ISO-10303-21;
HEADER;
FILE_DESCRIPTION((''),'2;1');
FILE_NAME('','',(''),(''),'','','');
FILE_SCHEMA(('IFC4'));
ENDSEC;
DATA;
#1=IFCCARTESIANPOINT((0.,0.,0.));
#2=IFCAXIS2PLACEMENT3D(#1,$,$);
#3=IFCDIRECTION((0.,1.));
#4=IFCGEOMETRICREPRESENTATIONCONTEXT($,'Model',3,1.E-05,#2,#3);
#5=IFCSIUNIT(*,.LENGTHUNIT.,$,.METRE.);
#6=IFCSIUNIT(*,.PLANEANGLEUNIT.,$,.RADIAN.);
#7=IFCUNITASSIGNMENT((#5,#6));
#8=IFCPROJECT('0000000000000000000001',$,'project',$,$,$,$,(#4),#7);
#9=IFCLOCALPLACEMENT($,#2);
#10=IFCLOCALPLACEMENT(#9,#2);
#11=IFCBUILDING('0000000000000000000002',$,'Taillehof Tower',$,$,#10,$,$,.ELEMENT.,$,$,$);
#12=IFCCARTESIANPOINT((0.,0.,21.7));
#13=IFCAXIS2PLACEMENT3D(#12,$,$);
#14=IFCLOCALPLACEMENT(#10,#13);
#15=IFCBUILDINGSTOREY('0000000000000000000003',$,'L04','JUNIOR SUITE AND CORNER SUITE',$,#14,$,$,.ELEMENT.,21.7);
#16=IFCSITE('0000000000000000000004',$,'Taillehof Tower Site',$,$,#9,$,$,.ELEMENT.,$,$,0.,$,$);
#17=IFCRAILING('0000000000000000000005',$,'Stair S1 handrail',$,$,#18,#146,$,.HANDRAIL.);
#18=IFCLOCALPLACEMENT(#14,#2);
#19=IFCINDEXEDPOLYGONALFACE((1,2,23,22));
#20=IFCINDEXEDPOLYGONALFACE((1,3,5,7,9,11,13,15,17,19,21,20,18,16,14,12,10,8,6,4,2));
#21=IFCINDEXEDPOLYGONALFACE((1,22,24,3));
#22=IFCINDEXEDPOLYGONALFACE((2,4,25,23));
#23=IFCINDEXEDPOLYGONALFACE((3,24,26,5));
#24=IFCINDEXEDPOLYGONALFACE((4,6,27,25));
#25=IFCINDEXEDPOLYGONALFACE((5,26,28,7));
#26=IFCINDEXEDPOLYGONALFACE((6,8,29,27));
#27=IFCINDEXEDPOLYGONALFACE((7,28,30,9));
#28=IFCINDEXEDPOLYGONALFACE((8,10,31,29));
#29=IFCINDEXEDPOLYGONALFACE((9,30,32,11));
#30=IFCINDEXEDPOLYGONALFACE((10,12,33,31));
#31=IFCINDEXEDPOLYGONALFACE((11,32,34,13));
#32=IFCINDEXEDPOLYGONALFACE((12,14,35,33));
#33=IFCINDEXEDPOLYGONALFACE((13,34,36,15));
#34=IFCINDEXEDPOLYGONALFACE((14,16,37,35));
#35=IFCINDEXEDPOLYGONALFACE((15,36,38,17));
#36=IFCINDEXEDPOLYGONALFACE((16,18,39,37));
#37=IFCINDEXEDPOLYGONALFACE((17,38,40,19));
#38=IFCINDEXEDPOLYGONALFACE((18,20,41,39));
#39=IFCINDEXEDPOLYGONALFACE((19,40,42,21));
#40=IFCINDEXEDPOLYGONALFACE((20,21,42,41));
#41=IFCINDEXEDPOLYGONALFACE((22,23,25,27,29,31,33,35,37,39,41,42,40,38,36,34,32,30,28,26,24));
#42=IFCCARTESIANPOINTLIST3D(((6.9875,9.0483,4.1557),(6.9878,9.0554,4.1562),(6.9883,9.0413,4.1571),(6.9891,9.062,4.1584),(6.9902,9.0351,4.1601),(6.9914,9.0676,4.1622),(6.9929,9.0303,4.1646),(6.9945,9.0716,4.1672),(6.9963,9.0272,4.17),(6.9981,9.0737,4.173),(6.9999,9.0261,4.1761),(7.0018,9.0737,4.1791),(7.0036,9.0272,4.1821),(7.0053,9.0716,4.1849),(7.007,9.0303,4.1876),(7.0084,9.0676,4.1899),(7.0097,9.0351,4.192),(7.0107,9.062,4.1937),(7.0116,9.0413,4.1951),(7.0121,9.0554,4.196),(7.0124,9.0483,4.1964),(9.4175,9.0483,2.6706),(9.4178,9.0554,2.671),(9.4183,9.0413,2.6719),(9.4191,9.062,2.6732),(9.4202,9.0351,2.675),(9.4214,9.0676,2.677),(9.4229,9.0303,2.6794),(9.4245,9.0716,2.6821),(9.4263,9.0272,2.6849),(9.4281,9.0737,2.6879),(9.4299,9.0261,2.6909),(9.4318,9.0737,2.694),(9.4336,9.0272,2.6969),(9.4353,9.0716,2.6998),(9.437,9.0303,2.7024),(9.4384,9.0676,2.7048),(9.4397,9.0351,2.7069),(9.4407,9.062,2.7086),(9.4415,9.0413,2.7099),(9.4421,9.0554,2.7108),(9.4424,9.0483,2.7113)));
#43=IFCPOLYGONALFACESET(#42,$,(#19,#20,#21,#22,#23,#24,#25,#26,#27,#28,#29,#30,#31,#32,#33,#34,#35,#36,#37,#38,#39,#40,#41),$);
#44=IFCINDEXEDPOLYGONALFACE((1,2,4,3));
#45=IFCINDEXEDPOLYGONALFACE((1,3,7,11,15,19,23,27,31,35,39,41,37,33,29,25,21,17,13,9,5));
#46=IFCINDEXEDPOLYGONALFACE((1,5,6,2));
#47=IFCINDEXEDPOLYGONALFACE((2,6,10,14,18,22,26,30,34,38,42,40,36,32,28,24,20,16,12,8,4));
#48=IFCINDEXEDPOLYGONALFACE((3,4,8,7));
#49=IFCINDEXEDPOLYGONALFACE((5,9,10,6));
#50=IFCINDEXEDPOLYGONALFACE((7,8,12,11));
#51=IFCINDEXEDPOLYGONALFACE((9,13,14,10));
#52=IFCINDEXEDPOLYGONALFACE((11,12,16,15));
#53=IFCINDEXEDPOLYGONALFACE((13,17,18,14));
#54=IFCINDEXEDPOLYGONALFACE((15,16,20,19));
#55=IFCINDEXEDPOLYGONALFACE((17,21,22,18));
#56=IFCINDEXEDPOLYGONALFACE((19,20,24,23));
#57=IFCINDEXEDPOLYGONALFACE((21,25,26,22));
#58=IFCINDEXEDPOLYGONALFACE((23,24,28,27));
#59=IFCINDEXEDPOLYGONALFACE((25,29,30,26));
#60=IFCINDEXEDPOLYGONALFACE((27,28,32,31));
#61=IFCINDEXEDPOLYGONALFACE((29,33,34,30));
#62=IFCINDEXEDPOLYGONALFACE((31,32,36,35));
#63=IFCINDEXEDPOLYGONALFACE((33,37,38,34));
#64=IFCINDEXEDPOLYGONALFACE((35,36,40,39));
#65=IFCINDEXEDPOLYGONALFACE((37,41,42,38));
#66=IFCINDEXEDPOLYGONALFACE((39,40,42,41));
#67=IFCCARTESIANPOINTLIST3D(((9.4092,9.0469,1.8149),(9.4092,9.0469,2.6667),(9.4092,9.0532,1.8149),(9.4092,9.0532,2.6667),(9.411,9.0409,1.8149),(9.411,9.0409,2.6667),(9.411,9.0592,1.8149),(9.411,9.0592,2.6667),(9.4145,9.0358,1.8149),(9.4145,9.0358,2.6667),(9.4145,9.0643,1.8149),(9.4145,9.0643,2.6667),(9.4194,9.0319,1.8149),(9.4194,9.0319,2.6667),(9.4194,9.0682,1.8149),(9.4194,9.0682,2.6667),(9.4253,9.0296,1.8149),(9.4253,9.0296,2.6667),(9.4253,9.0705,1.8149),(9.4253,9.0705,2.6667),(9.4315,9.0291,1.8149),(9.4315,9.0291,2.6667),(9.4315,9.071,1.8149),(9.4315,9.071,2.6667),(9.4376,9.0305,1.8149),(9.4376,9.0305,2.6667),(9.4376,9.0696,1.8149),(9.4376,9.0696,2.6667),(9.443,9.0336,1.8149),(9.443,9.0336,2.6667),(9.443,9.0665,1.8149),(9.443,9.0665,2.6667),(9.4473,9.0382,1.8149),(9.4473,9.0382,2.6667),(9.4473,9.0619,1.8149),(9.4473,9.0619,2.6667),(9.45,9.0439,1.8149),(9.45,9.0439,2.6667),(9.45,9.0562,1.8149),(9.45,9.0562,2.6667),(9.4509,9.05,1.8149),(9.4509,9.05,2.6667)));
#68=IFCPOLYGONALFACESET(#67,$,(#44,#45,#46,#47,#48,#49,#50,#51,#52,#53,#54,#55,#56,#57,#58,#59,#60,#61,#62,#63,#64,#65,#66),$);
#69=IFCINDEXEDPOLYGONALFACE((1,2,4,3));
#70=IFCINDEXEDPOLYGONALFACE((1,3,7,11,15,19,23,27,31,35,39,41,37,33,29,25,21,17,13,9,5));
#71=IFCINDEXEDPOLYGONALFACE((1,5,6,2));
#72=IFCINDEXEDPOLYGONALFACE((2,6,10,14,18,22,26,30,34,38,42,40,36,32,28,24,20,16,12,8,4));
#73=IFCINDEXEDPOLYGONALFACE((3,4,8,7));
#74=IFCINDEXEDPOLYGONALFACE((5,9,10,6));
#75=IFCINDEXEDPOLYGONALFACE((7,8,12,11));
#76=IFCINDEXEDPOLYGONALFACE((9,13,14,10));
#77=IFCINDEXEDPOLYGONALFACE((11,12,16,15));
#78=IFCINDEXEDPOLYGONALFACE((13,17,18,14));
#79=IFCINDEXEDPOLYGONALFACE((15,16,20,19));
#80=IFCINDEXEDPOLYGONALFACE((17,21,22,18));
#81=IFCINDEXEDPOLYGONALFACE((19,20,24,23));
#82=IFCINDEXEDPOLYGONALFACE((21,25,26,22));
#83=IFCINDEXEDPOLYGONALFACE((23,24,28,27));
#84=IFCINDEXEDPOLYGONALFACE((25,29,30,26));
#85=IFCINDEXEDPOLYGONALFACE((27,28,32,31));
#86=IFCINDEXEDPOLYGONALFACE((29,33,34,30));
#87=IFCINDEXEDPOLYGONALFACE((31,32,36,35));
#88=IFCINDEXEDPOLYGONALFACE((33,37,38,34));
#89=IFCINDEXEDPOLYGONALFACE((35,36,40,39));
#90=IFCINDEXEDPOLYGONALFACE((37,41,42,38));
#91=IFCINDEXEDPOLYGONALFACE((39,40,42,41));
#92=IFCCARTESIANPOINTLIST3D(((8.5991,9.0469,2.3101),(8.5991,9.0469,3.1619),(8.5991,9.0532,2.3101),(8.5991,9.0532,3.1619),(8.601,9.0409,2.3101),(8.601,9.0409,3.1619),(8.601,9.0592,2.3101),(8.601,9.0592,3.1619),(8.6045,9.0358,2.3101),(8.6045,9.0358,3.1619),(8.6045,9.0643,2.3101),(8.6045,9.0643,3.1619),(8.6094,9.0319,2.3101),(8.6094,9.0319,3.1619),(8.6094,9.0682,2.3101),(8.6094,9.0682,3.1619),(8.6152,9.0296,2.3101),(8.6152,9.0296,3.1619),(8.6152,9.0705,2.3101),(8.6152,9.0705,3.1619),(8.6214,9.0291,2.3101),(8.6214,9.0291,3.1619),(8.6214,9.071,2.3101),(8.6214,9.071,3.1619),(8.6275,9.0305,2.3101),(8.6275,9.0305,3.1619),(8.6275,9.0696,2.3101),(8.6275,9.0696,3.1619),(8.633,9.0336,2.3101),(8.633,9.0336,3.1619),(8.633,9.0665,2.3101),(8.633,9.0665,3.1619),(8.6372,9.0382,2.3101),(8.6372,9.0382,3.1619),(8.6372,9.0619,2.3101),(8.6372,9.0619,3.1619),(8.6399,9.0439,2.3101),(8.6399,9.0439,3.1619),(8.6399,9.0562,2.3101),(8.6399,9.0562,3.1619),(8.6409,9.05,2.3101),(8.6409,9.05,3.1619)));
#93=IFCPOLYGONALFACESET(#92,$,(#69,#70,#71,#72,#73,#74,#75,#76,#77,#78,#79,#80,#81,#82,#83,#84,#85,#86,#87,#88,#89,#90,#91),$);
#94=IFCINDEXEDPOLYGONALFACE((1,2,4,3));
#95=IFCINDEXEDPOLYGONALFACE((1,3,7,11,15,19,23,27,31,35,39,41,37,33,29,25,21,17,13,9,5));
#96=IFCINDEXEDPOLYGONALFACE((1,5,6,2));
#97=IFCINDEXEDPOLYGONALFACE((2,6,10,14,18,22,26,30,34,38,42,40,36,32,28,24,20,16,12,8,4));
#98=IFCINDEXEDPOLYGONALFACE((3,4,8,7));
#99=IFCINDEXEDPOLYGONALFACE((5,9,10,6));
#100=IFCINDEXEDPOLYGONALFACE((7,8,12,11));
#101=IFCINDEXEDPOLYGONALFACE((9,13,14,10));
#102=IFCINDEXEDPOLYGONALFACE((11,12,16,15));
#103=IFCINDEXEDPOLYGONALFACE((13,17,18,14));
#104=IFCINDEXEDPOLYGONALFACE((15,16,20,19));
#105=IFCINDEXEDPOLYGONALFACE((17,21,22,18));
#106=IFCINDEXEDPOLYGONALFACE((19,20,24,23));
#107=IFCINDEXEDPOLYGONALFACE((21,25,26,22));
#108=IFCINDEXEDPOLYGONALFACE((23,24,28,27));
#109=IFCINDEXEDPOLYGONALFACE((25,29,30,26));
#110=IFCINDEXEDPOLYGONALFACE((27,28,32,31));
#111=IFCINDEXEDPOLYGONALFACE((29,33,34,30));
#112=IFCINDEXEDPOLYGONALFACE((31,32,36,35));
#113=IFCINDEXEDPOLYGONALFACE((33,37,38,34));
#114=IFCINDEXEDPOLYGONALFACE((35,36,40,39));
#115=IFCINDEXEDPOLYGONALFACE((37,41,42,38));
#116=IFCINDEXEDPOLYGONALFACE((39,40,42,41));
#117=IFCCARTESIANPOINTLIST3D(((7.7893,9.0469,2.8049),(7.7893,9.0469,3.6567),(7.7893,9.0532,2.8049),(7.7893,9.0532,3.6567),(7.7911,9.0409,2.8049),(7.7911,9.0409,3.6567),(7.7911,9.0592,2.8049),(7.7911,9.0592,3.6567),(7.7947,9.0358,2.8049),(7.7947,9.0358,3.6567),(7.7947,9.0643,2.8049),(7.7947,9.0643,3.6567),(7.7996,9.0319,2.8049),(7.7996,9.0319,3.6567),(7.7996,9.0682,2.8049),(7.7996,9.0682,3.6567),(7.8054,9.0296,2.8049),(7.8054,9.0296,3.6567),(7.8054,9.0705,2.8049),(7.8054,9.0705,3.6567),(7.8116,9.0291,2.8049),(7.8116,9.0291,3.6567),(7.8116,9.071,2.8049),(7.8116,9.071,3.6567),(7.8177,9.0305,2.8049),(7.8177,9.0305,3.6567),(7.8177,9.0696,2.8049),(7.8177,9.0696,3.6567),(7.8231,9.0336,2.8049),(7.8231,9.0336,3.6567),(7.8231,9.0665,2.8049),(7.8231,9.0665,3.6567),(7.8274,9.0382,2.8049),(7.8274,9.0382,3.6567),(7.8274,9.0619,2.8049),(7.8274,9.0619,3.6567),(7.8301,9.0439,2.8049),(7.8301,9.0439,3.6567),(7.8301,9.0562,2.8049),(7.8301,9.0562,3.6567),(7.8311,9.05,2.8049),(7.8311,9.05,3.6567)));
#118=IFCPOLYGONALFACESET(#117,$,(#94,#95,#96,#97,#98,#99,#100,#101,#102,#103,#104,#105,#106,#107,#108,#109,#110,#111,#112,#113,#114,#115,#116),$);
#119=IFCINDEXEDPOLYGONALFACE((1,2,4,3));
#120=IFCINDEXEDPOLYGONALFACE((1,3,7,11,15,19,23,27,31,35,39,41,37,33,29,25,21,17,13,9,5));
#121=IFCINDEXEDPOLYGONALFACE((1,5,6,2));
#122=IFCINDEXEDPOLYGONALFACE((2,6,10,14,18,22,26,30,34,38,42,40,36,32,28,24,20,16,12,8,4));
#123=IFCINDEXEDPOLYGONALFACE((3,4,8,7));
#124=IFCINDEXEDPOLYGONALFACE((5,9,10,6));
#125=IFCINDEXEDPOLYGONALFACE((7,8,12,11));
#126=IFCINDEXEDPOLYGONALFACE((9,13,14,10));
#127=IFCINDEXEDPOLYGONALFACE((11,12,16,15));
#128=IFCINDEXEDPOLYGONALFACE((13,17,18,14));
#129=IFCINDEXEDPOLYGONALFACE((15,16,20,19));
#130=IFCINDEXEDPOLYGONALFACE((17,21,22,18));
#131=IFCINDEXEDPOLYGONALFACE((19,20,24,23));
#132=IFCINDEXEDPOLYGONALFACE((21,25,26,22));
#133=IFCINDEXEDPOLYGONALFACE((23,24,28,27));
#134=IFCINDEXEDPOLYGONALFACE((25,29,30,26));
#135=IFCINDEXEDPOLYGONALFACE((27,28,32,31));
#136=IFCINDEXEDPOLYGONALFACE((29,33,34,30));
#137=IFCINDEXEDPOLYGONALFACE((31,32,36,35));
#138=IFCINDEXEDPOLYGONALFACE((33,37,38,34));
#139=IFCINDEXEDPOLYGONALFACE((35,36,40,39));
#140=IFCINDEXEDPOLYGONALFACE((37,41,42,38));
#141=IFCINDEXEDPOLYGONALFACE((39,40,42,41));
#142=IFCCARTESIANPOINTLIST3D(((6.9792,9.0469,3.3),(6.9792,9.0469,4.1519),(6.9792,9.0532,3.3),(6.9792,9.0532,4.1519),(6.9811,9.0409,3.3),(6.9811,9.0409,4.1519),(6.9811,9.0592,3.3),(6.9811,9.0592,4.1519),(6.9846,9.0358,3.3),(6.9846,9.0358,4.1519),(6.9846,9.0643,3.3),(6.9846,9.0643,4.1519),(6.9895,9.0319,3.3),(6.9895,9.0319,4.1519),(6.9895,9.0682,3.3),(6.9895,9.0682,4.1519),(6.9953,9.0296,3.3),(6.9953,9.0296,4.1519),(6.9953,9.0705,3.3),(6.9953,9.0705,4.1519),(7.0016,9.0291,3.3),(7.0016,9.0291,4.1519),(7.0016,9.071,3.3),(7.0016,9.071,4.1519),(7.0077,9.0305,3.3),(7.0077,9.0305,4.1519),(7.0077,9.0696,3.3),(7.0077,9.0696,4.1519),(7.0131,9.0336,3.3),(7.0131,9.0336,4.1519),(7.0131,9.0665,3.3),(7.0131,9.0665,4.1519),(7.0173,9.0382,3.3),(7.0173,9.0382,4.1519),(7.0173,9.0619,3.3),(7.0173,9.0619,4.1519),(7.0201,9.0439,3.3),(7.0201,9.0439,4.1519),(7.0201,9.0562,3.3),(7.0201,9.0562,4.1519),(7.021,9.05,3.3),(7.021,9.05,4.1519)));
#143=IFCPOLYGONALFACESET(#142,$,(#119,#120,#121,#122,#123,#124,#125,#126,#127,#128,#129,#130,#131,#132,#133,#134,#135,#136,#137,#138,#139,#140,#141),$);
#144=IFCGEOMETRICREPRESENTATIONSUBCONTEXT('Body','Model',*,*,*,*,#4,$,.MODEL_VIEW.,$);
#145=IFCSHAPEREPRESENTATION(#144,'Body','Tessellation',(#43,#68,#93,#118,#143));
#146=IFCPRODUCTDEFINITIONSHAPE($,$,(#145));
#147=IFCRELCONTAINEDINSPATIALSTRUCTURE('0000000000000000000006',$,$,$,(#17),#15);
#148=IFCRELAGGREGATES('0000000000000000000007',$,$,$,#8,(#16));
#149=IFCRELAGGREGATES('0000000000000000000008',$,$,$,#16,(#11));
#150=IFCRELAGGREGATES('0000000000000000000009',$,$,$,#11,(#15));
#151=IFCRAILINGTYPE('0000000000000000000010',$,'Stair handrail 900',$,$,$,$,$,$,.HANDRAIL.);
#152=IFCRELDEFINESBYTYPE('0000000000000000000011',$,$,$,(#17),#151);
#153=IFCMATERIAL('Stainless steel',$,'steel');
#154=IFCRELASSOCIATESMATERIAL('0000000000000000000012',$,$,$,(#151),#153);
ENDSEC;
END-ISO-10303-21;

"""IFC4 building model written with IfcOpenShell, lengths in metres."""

from ifc_helpers import new_model, si_unit, direction, frame, origin, origin_2d, place, context, subcontext, project, spatial, circle, extrude, material, type_object, element, save


model = new_model("IFC4")

# Units and contexts
model_context = context("Model", 3, precision=1e-05, world=origin(), true_north=direction((0.0, 1.0)))
body_context = subcontext(model_context, "Body", "Model", "MODEL_VIEW")
ifc_project = project(units=[si_unit("LENGTHUNIT", "METRE"), si_unit("PLANEANGLEUNIT", "RADIAN")], contexts=[model_context])

# Site, building, storey
site_placement = place(None, origin())
site = spatial("IfcSite", under=ifc_project, at=site_placement, Name="Taillehof Tower Site", CompositionType="ELEMENT", RefElevation=0.0)
building_placement = place(site_placement, origin())
building = spatial("IfcBuilding", under=site, at=building_placement, Name="Taillehof Tower", CompositionType="ELEMENT")
storey_placement = place(building_placement, frame((0.0, 0.0, 21.7)))
storey = spatial("IfcBuildingStorey", under=building, at=storey_placement, Name="L04", Description="JUNIOR SUITE AND CORNER SUITE", CompositionType="ELEMENT", Elevation=21.7)

# Railing
ifc_material_1 = material(Name="Stainless steel", Category="steel")
railing_type = type_object("IfcRailingType", Name="Stair handrail 900", PredefinedType="HANDRAIL", material=ifc_material_1)
railing_1_placement = place(storey_placement, frame((9.4299, 9.05, 1.8149)))
element("IfcRailing", 1, at=railing_1_placement, inside=storey, type_object=railing_type, Name="Stair S1 handrail", PredefinedType="HANDRAIL", context=body_context, shape_type="SweptSolid", body=[
    extrude(circle(Radius=0.0239, at=origin_2d()), frame((0.0, 0.0, 0.876), z_axis=(-0.853259, 0.0, 0.521488), x_axis=(0.0, -1.0, 0.0)), (0.0, 0.0, 1.0), 2.8479),
    extrude(circle(Radius=0.021, at=origin_2d()), origin(), (0.0, 0.0, 1.0), 0.8518),
    extrude(circle(Radius=0.021, at=origin_2d()), frame((-0.8101, 0.0, 0.4951)), (0.0, 0.0, 1.0), 0.8518),
    extrude(circle(Radius=0.021, at=origin_2d()), frame((-1.6199, 0.0, 0.99)), (0.0, 0.0, 1.0), 0.8518),
    extrude(circle(Radius=0.021, at=origin_2d()), frame((-2.4299, 0.0, 1.4851)), (0.0, 0.0, 1.0), 0.8518),
])

save(model, "model.ifc")
